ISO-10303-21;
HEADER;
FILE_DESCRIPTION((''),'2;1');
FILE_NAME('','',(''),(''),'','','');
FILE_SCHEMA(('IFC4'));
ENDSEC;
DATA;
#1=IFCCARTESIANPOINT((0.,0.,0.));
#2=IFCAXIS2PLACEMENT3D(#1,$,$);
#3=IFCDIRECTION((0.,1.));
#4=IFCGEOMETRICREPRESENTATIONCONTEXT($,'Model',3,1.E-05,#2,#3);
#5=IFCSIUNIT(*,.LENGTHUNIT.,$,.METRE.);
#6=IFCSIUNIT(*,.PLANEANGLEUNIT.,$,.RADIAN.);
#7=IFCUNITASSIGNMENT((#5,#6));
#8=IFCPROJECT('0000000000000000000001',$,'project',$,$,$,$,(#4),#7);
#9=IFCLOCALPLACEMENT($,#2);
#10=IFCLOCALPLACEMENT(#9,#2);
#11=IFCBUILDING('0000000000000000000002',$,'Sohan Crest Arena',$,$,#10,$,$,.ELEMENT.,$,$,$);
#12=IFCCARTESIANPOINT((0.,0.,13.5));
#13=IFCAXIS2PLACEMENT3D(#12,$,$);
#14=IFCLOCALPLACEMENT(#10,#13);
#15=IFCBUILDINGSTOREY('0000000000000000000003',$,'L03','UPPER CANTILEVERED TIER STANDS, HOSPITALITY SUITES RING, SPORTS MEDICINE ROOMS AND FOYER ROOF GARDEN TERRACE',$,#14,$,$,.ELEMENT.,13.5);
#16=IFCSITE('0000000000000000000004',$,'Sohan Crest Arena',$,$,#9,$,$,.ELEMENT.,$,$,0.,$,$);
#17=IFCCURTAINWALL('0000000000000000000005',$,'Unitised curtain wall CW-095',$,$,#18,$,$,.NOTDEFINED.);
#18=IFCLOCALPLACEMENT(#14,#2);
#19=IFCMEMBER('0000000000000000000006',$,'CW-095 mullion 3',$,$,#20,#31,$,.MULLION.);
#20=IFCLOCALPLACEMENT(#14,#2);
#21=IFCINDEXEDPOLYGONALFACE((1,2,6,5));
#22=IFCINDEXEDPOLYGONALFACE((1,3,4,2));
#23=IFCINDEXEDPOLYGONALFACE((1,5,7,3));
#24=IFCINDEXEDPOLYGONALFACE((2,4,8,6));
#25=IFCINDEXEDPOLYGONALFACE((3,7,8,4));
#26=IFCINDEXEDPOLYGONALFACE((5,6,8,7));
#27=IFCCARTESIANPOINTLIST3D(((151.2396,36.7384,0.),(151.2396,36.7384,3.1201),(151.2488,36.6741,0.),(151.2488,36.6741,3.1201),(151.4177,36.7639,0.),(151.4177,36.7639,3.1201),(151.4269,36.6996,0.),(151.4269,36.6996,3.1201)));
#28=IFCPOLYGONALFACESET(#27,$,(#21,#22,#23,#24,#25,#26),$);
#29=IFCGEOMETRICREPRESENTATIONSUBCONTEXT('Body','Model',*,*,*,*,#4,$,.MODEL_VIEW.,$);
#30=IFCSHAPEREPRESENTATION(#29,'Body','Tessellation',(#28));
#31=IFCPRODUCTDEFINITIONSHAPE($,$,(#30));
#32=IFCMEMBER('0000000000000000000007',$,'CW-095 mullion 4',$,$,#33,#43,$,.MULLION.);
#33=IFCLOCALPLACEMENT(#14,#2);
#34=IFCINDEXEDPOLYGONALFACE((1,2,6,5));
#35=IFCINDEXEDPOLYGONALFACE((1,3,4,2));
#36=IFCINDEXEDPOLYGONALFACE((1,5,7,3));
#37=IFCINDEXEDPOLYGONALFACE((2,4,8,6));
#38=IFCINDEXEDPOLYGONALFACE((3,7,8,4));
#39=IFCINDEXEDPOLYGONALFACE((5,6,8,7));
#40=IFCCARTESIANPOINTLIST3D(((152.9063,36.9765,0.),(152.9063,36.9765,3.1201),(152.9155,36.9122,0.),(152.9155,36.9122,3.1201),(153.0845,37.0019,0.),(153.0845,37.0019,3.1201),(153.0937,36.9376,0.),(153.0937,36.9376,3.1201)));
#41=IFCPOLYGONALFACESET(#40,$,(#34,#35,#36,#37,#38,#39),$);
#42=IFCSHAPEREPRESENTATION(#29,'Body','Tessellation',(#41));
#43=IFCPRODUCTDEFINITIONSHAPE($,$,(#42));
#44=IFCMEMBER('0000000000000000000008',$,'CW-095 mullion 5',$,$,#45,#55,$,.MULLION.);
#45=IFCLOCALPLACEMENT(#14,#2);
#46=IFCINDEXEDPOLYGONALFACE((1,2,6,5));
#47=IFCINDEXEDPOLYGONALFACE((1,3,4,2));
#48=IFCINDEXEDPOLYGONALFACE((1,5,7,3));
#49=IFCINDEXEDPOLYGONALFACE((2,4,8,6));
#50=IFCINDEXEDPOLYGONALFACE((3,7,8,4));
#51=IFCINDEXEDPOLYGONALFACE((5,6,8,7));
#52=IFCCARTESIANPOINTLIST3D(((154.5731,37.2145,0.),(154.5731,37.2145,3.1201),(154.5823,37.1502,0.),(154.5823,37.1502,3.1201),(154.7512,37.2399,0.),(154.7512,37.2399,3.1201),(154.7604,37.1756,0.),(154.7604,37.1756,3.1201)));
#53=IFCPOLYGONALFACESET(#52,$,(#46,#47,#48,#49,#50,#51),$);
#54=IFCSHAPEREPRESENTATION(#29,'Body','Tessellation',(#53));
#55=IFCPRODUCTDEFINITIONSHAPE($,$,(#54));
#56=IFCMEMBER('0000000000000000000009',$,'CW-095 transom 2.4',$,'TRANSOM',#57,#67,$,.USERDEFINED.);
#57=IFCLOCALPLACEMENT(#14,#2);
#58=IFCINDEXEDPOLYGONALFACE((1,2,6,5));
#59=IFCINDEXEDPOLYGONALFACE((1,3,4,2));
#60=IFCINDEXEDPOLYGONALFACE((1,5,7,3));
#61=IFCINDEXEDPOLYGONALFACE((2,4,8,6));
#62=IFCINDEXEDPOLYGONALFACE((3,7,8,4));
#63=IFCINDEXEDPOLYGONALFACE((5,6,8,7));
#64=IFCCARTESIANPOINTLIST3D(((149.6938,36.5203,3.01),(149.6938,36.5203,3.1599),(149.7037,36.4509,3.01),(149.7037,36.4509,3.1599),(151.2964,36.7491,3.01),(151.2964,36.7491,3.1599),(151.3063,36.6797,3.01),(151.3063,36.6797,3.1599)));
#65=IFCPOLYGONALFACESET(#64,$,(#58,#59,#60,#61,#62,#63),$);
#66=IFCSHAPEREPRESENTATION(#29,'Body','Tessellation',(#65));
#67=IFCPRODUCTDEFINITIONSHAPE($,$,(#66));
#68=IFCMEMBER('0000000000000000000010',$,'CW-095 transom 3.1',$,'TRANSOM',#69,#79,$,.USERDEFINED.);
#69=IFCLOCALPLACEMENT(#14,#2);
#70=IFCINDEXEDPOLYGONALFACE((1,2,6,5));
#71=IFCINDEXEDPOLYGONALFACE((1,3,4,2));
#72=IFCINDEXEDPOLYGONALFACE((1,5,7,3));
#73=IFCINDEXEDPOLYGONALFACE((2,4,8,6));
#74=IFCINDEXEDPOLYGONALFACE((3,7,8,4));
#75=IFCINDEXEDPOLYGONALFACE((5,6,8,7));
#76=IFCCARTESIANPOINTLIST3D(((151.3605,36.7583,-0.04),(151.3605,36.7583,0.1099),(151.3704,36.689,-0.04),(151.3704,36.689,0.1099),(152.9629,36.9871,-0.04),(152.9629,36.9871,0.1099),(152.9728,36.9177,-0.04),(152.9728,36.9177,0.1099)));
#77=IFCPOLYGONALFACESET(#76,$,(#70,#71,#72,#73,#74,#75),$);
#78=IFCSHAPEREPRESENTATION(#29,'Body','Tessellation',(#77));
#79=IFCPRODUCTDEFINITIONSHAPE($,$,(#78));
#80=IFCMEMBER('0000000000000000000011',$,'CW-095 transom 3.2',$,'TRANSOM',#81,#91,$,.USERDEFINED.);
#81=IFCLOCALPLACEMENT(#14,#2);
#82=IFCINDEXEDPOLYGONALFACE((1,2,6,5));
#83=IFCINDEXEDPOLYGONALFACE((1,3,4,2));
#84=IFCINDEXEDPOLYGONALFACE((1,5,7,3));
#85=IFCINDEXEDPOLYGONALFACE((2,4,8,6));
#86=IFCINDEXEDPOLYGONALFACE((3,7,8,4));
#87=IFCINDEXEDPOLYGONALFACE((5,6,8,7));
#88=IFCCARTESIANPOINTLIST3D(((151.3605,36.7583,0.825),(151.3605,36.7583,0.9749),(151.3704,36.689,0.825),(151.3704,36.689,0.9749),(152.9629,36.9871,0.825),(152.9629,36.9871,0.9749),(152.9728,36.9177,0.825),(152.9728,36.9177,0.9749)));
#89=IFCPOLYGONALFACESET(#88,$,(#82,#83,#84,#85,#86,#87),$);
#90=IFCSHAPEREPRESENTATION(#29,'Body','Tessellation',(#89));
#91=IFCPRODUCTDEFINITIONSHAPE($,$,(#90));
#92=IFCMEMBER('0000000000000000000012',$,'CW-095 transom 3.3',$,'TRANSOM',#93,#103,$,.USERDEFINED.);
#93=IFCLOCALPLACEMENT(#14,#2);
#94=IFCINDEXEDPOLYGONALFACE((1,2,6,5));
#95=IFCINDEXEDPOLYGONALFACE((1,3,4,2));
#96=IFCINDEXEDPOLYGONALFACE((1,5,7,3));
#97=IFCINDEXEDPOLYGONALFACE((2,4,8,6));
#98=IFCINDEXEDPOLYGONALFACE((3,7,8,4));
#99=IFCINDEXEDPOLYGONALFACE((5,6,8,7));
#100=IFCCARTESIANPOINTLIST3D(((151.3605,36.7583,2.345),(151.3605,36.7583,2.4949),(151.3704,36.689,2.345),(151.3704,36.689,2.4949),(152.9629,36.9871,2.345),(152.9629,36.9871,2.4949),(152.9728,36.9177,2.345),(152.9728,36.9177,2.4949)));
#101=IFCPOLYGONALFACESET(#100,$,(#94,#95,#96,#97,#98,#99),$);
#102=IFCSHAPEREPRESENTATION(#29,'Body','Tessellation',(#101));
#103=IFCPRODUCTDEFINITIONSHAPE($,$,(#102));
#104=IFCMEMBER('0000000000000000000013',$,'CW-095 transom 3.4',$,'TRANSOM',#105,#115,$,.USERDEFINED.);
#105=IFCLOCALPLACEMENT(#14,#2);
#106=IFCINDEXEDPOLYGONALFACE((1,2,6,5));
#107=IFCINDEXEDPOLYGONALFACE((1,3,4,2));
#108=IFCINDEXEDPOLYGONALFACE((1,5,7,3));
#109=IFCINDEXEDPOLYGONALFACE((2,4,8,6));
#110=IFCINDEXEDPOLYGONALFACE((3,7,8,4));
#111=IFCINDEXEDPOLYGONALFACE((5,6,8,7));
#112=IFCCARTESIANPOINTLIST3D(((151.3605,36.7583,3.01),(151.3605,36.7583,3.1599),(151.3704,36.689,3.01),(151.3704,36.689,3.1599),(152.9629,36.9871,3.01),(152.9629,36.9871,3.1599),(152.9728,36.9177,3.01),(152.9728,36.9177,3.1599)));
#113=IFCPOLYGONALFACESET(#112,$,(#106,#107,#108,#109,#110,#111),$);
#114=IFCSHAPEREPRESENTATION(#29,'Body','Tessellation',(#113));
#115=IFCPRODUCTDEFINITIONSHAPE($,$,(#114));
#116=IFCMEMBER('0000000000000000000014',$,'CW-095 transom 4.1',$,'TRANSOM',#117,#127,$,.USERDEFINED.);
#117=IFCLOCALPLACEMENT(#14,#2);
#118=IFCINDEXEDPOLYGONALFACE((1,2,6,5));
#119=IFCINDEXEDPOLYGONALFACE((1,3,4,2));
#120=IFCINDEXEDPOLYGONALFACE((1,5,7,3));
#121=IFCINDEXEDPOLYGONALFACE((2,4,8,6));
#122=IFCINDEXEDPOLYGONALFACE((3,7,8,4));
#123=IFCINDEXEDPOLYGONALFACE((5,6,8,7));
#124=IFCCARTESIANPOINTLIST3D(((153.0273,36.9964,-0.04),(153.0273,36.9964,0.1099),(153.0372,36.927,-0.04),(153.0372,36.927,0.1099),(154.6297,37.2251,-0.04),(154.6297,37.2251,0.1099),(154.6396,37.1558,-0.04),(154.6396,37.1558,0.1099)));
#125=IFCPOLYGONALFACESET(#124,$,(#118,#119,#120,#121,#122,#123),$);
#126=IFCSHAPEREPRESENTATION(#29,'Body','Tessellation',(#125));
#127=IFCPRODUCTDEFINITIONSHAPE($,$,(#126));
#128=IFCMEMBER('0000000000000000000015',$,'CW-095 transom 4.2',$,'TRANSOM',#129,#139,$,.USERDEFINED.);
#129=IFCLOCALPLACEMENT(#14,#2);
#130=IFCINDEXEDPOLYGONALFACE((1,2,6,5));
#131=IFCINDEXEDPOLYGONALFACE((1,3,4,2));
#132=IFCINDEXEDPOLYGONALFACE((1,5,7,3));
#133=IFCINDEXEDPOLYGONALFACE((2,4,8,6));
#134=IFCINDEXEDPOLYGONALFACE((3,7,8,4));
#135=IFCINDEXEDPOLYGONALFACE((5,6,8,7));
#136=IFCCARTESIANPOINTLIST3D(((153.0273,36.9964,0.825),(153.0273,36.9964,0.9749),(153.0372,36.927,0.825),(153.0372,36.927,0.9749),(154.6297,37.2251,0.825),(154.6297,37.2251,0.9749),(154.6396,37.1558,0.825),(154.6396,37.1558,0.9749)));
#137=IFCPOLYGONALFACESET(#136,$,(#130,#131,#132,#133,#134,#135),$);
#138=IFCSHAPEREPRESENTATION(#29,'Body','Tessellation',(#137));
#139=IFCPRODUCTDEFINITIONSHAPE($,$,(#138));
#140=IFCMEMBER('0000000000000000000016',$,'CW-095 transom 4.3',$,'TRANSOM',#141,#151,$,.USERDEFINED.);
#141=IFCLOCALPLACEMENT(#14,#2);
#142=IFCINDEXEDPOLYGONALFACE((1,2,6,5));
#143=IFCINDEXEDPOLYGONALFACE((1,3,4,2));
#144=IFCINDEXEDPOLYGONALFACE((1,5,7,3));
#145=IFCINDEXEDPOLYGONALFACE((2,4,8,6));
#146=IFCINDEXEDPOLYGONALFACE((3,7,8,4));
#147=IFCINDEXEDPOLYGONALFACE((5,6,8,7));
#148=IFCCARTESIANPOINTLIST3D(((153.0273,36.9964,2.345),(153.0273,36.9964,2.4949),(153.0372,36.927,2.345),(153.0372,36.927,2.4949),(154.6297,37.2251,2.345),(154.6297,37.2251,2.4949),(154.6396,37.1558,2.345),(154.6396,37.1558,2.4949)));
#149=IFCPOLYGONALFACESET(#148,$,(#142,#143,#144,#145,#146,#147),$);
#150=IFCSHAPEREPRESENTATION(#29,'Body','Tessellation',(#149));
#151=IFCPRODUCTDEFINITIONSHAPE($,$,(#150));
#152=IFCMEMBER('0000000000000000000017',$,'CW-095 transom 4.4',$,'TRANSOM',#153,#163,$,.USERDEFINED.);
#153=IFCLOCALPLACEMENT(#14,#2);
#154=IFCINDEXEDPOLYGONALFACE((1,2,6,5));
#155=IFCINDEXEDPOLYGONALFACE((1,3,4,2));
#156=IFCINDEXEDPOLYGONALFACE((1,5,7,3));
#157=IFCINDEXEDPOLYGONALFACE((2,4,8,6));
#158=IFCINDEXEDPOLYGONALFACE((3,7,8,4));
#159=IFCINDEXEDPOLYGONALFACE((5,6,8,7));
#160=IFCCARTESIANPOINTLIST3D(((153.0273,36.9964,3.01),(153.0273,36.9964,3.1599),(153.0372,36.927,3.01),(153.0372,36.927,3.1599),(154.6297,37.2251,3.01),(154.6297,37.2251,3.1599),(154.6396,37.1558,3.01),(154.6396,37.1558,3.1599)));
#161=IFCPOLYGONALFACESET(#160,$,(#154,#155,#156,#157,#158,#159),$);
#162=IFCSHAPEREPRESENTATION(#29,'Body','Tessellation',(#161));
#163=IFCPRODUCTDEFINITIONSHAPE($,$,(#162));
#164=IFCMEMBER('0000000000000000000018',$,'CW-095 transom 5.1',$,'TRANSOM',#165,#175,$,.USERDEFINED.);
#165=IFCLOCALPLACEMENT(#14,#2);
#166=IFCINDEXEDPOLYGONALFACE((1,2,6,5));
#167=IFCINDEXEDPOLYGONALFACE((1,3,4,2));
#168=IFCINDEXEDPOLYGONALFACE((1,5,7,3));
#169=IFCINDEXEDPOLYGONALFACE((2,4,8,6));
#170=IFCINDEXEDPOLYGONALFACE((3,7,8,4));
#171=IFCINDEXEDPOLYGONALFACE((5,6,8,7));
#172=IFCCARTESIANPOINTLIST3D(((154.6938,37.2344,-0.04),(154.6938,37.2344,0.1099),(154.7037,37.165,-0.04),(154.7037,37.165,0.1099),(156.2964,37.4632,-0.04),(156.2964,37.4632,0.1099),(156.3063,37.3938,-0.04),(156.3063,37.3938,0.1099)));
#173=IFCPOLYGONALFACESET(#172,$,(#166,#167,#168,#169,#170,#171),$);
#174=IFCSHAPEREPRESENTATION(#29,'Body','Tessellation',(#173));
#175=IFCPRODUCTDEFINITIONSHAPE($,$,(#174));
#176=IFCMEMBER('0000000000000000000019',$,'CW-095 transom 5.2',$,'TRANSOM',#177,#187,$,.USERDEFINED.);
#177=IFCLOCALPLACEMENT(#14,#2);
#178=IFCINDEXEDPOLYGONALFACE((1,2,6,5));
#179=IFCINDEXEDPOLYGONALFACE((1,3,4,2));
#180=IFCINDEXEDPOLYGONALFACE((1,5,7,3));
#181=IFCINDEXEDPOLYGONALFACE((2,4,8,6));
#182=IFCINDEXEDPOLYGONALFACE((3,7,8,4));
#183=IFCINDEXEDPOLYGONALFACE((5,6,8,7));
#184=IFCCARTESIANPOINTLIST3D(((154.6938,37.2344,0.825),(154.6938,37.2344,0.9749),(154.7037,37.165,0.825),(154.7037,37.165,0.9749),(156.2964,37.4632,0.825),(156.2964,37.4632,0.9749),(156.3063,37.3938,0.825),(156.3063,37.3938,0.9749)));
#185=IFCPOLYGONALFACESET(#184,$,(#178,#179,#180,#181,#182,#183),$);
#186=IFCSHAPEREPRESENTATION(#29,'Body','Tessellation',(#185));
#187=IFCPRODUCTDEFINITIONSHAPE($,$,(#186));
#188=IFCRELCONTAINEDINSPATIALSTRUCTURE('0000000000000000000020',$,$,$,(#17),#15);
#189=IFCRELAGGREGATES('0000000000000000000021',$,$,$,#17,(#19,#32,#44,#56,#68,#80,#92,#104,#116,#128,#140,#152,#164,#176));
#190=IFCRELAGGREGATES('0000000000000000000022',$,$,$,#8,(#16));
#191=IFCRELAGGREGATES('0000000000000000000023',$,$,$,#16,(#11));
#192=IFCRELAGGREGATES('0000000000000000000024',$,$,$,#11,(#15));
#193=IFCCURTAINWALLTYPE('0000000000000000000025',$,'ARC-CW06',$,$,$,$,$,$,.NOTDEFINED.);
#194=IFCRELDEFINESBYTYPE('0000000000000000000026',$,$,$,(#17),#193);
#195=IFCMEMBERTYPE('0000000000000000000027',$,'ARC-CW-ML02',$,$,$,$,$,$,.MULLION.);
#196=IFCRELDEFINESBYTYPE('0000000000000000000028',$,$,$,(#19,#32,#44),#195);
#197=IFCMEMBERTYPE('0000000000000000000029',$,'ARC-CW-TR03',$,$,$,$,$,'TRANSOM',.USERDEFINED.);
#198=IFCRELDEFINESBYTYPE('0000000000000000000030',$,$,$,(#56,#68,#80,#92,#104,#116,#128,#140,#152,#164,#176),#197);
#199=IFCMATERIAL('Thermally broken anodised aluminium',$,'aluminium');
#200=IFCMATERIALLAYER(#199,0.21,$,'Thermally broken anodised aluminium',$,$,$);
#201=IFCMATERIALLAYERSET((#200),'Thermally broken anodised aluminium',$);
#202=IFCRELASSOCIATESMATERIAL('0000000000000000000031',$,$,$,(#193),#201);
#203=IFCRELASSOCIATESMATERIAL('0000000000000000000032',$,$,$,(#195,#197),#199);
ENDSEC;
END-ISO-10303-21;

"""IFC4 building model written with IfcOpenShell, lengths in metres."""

from ifc_helpers import new_model, si_unit, direction, frame, origin, origin_2d, place, context, subcontext, project, spatial, rectangle, extrude, material, layer, layer_set, material_profile, profile_set, type_object, element, aggregate, save


model = new_model("IFC4")

# Units and contexts
model_context = context("Model", 3, precision=1e-05, world=origin(), true_north=direction((0.0, 1.0)))
body_context = subcontext(model_context, "Body", "Model", "MODEL_VIEW")
ifc_project = project(units=[si_unit("LENGTHUNIT", "METRE"), si_unit("PLANEANGLEUNIT", "RADIAN")], contexts=[model_context])

# Site, building, storey
site_placement = place(None, origin())
site = spatial("IfcSite", under=ifc_project, at=site_placement, Name="Sohan Crest Arena", CompositionType="ELEMENT", RefElevation=0.0)
building_placement = place(site_placement, origin())
building = spatial("IfcBuilding", under=site, at=building_placement, Name="Sohan Crest Arena", CompositionType="ELEMENT")
storey_placement = place(building_placement, frame((0.0, 0.0, 13.5)))
storey = spatial("IfcBuildingStorey", under=building, at=storey_placement, Name="L03", Description="UPPER CANTILEVERED TIER STANDS, HOSPITALITY SUITES RING, SPORTS MEDICINE ROOMS AND FOYER ROOF GARDEN TERRACE", CompositionType="ELEMENT", Elevation=13.5)

# Curtain wall, members
ifc_material_1 = material(Name="Thermally broken anodised aluminium", Category="aluminium")
ifc_layer_1 = layer(ifc_material_1, 0.21, Name="Thermally broken anodised aluminium")
ifc_layer_set_1 = layer_set([ifc_layer_1], Name="Thermally broken anodised aluminium")
curtain_wall_type = type_object("IfcCurtainWallType", Name="ARC-CW06", PredefinedType="NOTDEFINED", material=ifc_layer_set_1)
curtain_wall_placement = place(storey_placement, origin())
curtain_wall = element("IfcCurtainWall", 1, at=curtain_wall_placement, inside=storey, type_object=curtain_wall_type, Name="Unitised curtain wall CW-095", PredefinedType="NOTDEFINED")
ifc_material_profile_1 = material_profile(ifc_material_1, rectangle(XDim=0.0649, YDim=0.1799, at=origin_2d()), Name="ALU-MULL 65x180")
ifc_profile_set_1 = profile_set([ifc_material_profile_1], Name="Thermally broken anodised aluminium")
member_type_1 = type_object("IfcMemberType", Name="ARC-CW-ML02", PredefinedType="MULLION", material=ifc_profile_set_1)
member_1_placement = place(storey_placement, frame((151.3333, 36.719, 0.0), z_axis=(0.0, 0.0, 1.0), x_axis=(-0.141366, 0.989957, 0.0)))
member_1 = element("IfcMember", 2, at=member_1_placement, type_object=member_type_1, Name="CW-095 mullion 3", PredefinedType="MULLION", context=body_context, shape_type="SweptSolid", body=[
    extrude(rectangle(XDim=0.0649, YDim=0.1799, at=origin_2d()), origin(), (0.0, 0.0, 1.0), 3.1201),
])
member_2_placement = place(storey_placement, frame((153.0, 36.957, 0.0), z_axis=(0.0, 0.0, 1.0), x_axis=(-0.141366, 0.989957, 0.0)))
member_2 = element("IfcMember", 3, at=member_2_placement, type_object=member_type_1, Name="CW-095 mullion 4", PredefinedType="MULLION", context=body_context, shape_type="SweptSolid", body=[
    extrude(rectangle(XDim=0.0649, YDim=0.1799, at=origin_2d()), origin(), (0.0, 0.0, 1.0), 3.1201),
])
member_3_placement = place(storey_placement, frame((154.6667, 37.1951, 0.0), z_axis=(0.0, 0.0, 1.0), x_axis=(-0.141366, 0.989957, 0.0)))
member_3 = element("IfcMember", 4, at=member_3_placement, type_object=member_type_1, Name="CW-095 mullion 5", PredefinedType="MULLION", context=body_context, shape_type="SweptSolid", body=[
    extrude(rectangle(XDim=0.0649, YDim=0.1799, at=origin_2d()), origin(), (0.0, 0.0, 1.0), 3.1201),
])
ifc_material_profile_2 = material_profile(ifc_material_1, rectangle(XDim=0.0701, YDim=0.1499, at=origin_2d()), Name="ALU-TRAN 70x150")
ifc_profile_set_2 = profile_set([ifc_material_profile_2], Name="Thermally broken anodised aluminium")
member_type_2 = type_object("IfcMemberType", Name="ARC-CW-TR03", ElementType="TRANSOM", PredefinedType="USERDEFINED", material=ifc_profile_set_2)
member_4_placement = place(storey_placement, frame((149.6987, 36.4856, 3.085), z_axis=(0.989965, 0.141316, 0.0), x_axis=(-0.141316, 0.989965, 0.0)))
member_4 = element("IfcMember", 5, at=member_4_placement, type_object=member_type_2, Name="CW-095 transom 2.4", ObjectType="TRANSOM", PredefinedType="USERDEFINED", context=body_context, shape_type="SweptSolid", body=[
    extrude(rectangle(XDim=0.0701, YDim=0.1499, at=origin_2d()), origin(), (0.0, 0.0, 1.0), 1.6189),
])
member_5_placement = place(storey_placement, frame((151.3655, 36.7236, 0.0349), z_axis=(0.989962, 0.141337, 0.0), x_axis=(-0.141337, 0.989962, 0.0)))
member_5 = element("IfcMember", 6, at=member_5_placement, type_object=member_type_2, Name="CW-095 transom 3.1", ObjectType="TRANSOM", PredefinedType="USERDEFINED", context=body_context, shape_type="SweptSolid", body=[
    extrude(rectangle(XDim=0.0701, YDim=0.1499, at=origin_2d()), origin(), (0.0, 0.0, 1.0), 1.6187),
])
member_6_placement = place(storey_placement, frame((151.3655, 36.7236, 0.8999), z_axis=(0.989962, 0.141337, 0.0), x_axis=(-0.141337, 0.989962, 0.0)))
member_6 = element("IfcMember", 7, at=member_6_placement, type_object=member_type_2, Name="CW-095 transom 3.2", ObjectType="TRANSOM", PredefinedType="USERDEFINED", context=body_context, shape_type="SweptSolid", body=[
    extrude(rectangle(XDim=0.0701, YDim=0.1499, at=origin_2d()), origin(), (0.0, 0.0, 1.0), 1.6187),
])
member_7_placement = place(storey_placement, frame((151.3655, 36.7236, 2.4199), z_axis=(0.989962, 0.141337, 0.0), x_axis=(-0.141337, 0.989962, 0.0)))
member_7 = element("IfcMember", 8, at=member_7_placement, type_object=member_type_2, Name="CW-095 transom 3.3", ObjectType="TRANSOM", PredefinedType="USERDEFINED", context=body_context, shape_type="SweptSolid", body=[
    extrude(rectangle(XDim=0.0701, YDim=0.1499, at=origin_2d()), origin(), (0.0, 0.0, 1.0), 1.6187),
])
member_8_placement = place(storey_placement, frame((151.3655, 36.7236, 3.085), z_axis=(0.989962, 0.141337, 0.0), x_axis=(-0.141337, 0.989962, 0.0)))
member_8 = element("IfcMember", 9, at=member_8_placement, type_object=member_type_2, Name="CW-095 transom 3.4", ObjectType="TRANSOM", PredefinedType="USERDEFINED", context=body_context, shape_type="SweptSolid", body=[
    extrude(rectangle(XDim=0.0701, YDim=0.1499, at=origin_2d()), origin(), (0.0, 0.0, 1.0), 1.6187),
])
member_9_placement = place(storey_placement, frame((153.0322, 36.9617, 0.0349), z_axis=(0.989962, 0.141337, 0.0), x_axis=(-0.141337, 0.989962, 0.0)))
member_9 = element("IfcMember", 10, at=member_9_placement, type_object=member_type_2, Name="CW-095 transom 4.1", ObjectType="TRANSOM", PredefinedType="USERDEFINED", context=body_context, shape_type="SweptSolid", body=[
    extrude(rectangle(XDim=0.0701, YDim=0.1499, at=origin_2d()), origin(), (0.0, 0.0, 1.0), 1.6187),
])
member_10_placement = place(storey_placement, frame((153.0322, 36.9617, 0.8999), z_axis=(0.989962, 0.141337, 0.0), x_axis=(-0.141337, 0.989962, 0.0)))
member_10 = element("IfcMember", 11, at=member_10_placement, type_object=member_type_2, Name="CW-095 transom 4.2", ObjectType="TRANSOM", PredefinedType="USERDEFINED", context=body_context, shape_type="SweptSolid", body=[
    extrude(rectangle(XDim=0.0701, YDim=0.1499, at=origin_2d()), origin(), (0.0, 0.0, 1.0), 1.6187),
])
member_11_placement = place(storey_placement, frame((153.0322, 36.9617, 2.4199), z_axis=(0.989962, 0.141337, 0.0), x_axis=(-0.141337, 0.989962, 0.0)))
member_11 = element("IfcMember", 12, at=member_11_placement, type_object=member_type_2, Name="CW-095 transom 4.3", ObjectType="TRANSOM", PredefinedType="USERDEFINED", context=body_context, shape_type="SweptSolid", body=[
    extrude(rectangle(XDim=0.0701, YDim=0.1499, at=origin_2d()), origin(), (0.0, 0.0, 1.0), 1.6187),
])
member_12_placement = place(storey_placement, frame((153.0322, 36.9617, 3.085), z_axis=(0.989962, 0.141337, 0.0), x_axis=(-0.141337, 0.989962, 0.0)))
member_12 = element("IfcMember", 13, at=member_12_placement, type_object=member_type_2, Name="CW-095 transom 4.4", ObjectType="TRANSOM", PredefinedType="USERDEFINED", context=body_context, shape_type="SweptSolid", body=[
    extrude(rectangle(XDim=0.0701, YDim=0.1499, at=origin_2d()), origin(), (0.0, 0.0, 1.0), 1.6187),
])
member_13_placement = place(storey_placement, frame((154.6987, 37.1997, 0.0349), z_axis=(0.989965, 0.141316, 0.0), x_axis=(-0.141316, 0.989965, 0.0)))
member_13 = element("IfcMember", 14, at=member_13_placement, type_object=member_type_2, Name="CW-095 transom 5.1", ObjectType="TRANSOM", PredefinedType="USERDEFINED", context=body_context, shape_type="SweptSolid", body=[
    extrude(rectangle(XDim=0.0701, YDim=0.1499, at=origin_2d()), origin(), (0.0, 0.0, 1.0), 1.6189),
])
member_14_placement = place(storey_placement, frame((154.6987, 37.1997, 0.8999), z_axis=(0.989965, 0.141316, 0.0), x_axis=(-0.141316, 0.989965, 0.0)))
member_14 = element("IfcMember", 15, at=member_14_placement, type_object=member_type_2, Name="CW-095 transom 5.2", ObjectType="TRANSOM", PredefinedType="USERDEFINED", context=body_context, shape_type="SweptSolid", body=[
    extrude(rectangle(XDim=0.0701, YDim=0.1499, at=origin_2d()), origin(), (0.0, 0.0, 1.0), 1.6189),
])
aggregate(curtain_wall, [member_1, member_2, member_3, member_4, member_5, member_6, member_7, member_8, member_9, member_10, member_11, member_12, member_13, member_14])

save(model, "model.ifc")
